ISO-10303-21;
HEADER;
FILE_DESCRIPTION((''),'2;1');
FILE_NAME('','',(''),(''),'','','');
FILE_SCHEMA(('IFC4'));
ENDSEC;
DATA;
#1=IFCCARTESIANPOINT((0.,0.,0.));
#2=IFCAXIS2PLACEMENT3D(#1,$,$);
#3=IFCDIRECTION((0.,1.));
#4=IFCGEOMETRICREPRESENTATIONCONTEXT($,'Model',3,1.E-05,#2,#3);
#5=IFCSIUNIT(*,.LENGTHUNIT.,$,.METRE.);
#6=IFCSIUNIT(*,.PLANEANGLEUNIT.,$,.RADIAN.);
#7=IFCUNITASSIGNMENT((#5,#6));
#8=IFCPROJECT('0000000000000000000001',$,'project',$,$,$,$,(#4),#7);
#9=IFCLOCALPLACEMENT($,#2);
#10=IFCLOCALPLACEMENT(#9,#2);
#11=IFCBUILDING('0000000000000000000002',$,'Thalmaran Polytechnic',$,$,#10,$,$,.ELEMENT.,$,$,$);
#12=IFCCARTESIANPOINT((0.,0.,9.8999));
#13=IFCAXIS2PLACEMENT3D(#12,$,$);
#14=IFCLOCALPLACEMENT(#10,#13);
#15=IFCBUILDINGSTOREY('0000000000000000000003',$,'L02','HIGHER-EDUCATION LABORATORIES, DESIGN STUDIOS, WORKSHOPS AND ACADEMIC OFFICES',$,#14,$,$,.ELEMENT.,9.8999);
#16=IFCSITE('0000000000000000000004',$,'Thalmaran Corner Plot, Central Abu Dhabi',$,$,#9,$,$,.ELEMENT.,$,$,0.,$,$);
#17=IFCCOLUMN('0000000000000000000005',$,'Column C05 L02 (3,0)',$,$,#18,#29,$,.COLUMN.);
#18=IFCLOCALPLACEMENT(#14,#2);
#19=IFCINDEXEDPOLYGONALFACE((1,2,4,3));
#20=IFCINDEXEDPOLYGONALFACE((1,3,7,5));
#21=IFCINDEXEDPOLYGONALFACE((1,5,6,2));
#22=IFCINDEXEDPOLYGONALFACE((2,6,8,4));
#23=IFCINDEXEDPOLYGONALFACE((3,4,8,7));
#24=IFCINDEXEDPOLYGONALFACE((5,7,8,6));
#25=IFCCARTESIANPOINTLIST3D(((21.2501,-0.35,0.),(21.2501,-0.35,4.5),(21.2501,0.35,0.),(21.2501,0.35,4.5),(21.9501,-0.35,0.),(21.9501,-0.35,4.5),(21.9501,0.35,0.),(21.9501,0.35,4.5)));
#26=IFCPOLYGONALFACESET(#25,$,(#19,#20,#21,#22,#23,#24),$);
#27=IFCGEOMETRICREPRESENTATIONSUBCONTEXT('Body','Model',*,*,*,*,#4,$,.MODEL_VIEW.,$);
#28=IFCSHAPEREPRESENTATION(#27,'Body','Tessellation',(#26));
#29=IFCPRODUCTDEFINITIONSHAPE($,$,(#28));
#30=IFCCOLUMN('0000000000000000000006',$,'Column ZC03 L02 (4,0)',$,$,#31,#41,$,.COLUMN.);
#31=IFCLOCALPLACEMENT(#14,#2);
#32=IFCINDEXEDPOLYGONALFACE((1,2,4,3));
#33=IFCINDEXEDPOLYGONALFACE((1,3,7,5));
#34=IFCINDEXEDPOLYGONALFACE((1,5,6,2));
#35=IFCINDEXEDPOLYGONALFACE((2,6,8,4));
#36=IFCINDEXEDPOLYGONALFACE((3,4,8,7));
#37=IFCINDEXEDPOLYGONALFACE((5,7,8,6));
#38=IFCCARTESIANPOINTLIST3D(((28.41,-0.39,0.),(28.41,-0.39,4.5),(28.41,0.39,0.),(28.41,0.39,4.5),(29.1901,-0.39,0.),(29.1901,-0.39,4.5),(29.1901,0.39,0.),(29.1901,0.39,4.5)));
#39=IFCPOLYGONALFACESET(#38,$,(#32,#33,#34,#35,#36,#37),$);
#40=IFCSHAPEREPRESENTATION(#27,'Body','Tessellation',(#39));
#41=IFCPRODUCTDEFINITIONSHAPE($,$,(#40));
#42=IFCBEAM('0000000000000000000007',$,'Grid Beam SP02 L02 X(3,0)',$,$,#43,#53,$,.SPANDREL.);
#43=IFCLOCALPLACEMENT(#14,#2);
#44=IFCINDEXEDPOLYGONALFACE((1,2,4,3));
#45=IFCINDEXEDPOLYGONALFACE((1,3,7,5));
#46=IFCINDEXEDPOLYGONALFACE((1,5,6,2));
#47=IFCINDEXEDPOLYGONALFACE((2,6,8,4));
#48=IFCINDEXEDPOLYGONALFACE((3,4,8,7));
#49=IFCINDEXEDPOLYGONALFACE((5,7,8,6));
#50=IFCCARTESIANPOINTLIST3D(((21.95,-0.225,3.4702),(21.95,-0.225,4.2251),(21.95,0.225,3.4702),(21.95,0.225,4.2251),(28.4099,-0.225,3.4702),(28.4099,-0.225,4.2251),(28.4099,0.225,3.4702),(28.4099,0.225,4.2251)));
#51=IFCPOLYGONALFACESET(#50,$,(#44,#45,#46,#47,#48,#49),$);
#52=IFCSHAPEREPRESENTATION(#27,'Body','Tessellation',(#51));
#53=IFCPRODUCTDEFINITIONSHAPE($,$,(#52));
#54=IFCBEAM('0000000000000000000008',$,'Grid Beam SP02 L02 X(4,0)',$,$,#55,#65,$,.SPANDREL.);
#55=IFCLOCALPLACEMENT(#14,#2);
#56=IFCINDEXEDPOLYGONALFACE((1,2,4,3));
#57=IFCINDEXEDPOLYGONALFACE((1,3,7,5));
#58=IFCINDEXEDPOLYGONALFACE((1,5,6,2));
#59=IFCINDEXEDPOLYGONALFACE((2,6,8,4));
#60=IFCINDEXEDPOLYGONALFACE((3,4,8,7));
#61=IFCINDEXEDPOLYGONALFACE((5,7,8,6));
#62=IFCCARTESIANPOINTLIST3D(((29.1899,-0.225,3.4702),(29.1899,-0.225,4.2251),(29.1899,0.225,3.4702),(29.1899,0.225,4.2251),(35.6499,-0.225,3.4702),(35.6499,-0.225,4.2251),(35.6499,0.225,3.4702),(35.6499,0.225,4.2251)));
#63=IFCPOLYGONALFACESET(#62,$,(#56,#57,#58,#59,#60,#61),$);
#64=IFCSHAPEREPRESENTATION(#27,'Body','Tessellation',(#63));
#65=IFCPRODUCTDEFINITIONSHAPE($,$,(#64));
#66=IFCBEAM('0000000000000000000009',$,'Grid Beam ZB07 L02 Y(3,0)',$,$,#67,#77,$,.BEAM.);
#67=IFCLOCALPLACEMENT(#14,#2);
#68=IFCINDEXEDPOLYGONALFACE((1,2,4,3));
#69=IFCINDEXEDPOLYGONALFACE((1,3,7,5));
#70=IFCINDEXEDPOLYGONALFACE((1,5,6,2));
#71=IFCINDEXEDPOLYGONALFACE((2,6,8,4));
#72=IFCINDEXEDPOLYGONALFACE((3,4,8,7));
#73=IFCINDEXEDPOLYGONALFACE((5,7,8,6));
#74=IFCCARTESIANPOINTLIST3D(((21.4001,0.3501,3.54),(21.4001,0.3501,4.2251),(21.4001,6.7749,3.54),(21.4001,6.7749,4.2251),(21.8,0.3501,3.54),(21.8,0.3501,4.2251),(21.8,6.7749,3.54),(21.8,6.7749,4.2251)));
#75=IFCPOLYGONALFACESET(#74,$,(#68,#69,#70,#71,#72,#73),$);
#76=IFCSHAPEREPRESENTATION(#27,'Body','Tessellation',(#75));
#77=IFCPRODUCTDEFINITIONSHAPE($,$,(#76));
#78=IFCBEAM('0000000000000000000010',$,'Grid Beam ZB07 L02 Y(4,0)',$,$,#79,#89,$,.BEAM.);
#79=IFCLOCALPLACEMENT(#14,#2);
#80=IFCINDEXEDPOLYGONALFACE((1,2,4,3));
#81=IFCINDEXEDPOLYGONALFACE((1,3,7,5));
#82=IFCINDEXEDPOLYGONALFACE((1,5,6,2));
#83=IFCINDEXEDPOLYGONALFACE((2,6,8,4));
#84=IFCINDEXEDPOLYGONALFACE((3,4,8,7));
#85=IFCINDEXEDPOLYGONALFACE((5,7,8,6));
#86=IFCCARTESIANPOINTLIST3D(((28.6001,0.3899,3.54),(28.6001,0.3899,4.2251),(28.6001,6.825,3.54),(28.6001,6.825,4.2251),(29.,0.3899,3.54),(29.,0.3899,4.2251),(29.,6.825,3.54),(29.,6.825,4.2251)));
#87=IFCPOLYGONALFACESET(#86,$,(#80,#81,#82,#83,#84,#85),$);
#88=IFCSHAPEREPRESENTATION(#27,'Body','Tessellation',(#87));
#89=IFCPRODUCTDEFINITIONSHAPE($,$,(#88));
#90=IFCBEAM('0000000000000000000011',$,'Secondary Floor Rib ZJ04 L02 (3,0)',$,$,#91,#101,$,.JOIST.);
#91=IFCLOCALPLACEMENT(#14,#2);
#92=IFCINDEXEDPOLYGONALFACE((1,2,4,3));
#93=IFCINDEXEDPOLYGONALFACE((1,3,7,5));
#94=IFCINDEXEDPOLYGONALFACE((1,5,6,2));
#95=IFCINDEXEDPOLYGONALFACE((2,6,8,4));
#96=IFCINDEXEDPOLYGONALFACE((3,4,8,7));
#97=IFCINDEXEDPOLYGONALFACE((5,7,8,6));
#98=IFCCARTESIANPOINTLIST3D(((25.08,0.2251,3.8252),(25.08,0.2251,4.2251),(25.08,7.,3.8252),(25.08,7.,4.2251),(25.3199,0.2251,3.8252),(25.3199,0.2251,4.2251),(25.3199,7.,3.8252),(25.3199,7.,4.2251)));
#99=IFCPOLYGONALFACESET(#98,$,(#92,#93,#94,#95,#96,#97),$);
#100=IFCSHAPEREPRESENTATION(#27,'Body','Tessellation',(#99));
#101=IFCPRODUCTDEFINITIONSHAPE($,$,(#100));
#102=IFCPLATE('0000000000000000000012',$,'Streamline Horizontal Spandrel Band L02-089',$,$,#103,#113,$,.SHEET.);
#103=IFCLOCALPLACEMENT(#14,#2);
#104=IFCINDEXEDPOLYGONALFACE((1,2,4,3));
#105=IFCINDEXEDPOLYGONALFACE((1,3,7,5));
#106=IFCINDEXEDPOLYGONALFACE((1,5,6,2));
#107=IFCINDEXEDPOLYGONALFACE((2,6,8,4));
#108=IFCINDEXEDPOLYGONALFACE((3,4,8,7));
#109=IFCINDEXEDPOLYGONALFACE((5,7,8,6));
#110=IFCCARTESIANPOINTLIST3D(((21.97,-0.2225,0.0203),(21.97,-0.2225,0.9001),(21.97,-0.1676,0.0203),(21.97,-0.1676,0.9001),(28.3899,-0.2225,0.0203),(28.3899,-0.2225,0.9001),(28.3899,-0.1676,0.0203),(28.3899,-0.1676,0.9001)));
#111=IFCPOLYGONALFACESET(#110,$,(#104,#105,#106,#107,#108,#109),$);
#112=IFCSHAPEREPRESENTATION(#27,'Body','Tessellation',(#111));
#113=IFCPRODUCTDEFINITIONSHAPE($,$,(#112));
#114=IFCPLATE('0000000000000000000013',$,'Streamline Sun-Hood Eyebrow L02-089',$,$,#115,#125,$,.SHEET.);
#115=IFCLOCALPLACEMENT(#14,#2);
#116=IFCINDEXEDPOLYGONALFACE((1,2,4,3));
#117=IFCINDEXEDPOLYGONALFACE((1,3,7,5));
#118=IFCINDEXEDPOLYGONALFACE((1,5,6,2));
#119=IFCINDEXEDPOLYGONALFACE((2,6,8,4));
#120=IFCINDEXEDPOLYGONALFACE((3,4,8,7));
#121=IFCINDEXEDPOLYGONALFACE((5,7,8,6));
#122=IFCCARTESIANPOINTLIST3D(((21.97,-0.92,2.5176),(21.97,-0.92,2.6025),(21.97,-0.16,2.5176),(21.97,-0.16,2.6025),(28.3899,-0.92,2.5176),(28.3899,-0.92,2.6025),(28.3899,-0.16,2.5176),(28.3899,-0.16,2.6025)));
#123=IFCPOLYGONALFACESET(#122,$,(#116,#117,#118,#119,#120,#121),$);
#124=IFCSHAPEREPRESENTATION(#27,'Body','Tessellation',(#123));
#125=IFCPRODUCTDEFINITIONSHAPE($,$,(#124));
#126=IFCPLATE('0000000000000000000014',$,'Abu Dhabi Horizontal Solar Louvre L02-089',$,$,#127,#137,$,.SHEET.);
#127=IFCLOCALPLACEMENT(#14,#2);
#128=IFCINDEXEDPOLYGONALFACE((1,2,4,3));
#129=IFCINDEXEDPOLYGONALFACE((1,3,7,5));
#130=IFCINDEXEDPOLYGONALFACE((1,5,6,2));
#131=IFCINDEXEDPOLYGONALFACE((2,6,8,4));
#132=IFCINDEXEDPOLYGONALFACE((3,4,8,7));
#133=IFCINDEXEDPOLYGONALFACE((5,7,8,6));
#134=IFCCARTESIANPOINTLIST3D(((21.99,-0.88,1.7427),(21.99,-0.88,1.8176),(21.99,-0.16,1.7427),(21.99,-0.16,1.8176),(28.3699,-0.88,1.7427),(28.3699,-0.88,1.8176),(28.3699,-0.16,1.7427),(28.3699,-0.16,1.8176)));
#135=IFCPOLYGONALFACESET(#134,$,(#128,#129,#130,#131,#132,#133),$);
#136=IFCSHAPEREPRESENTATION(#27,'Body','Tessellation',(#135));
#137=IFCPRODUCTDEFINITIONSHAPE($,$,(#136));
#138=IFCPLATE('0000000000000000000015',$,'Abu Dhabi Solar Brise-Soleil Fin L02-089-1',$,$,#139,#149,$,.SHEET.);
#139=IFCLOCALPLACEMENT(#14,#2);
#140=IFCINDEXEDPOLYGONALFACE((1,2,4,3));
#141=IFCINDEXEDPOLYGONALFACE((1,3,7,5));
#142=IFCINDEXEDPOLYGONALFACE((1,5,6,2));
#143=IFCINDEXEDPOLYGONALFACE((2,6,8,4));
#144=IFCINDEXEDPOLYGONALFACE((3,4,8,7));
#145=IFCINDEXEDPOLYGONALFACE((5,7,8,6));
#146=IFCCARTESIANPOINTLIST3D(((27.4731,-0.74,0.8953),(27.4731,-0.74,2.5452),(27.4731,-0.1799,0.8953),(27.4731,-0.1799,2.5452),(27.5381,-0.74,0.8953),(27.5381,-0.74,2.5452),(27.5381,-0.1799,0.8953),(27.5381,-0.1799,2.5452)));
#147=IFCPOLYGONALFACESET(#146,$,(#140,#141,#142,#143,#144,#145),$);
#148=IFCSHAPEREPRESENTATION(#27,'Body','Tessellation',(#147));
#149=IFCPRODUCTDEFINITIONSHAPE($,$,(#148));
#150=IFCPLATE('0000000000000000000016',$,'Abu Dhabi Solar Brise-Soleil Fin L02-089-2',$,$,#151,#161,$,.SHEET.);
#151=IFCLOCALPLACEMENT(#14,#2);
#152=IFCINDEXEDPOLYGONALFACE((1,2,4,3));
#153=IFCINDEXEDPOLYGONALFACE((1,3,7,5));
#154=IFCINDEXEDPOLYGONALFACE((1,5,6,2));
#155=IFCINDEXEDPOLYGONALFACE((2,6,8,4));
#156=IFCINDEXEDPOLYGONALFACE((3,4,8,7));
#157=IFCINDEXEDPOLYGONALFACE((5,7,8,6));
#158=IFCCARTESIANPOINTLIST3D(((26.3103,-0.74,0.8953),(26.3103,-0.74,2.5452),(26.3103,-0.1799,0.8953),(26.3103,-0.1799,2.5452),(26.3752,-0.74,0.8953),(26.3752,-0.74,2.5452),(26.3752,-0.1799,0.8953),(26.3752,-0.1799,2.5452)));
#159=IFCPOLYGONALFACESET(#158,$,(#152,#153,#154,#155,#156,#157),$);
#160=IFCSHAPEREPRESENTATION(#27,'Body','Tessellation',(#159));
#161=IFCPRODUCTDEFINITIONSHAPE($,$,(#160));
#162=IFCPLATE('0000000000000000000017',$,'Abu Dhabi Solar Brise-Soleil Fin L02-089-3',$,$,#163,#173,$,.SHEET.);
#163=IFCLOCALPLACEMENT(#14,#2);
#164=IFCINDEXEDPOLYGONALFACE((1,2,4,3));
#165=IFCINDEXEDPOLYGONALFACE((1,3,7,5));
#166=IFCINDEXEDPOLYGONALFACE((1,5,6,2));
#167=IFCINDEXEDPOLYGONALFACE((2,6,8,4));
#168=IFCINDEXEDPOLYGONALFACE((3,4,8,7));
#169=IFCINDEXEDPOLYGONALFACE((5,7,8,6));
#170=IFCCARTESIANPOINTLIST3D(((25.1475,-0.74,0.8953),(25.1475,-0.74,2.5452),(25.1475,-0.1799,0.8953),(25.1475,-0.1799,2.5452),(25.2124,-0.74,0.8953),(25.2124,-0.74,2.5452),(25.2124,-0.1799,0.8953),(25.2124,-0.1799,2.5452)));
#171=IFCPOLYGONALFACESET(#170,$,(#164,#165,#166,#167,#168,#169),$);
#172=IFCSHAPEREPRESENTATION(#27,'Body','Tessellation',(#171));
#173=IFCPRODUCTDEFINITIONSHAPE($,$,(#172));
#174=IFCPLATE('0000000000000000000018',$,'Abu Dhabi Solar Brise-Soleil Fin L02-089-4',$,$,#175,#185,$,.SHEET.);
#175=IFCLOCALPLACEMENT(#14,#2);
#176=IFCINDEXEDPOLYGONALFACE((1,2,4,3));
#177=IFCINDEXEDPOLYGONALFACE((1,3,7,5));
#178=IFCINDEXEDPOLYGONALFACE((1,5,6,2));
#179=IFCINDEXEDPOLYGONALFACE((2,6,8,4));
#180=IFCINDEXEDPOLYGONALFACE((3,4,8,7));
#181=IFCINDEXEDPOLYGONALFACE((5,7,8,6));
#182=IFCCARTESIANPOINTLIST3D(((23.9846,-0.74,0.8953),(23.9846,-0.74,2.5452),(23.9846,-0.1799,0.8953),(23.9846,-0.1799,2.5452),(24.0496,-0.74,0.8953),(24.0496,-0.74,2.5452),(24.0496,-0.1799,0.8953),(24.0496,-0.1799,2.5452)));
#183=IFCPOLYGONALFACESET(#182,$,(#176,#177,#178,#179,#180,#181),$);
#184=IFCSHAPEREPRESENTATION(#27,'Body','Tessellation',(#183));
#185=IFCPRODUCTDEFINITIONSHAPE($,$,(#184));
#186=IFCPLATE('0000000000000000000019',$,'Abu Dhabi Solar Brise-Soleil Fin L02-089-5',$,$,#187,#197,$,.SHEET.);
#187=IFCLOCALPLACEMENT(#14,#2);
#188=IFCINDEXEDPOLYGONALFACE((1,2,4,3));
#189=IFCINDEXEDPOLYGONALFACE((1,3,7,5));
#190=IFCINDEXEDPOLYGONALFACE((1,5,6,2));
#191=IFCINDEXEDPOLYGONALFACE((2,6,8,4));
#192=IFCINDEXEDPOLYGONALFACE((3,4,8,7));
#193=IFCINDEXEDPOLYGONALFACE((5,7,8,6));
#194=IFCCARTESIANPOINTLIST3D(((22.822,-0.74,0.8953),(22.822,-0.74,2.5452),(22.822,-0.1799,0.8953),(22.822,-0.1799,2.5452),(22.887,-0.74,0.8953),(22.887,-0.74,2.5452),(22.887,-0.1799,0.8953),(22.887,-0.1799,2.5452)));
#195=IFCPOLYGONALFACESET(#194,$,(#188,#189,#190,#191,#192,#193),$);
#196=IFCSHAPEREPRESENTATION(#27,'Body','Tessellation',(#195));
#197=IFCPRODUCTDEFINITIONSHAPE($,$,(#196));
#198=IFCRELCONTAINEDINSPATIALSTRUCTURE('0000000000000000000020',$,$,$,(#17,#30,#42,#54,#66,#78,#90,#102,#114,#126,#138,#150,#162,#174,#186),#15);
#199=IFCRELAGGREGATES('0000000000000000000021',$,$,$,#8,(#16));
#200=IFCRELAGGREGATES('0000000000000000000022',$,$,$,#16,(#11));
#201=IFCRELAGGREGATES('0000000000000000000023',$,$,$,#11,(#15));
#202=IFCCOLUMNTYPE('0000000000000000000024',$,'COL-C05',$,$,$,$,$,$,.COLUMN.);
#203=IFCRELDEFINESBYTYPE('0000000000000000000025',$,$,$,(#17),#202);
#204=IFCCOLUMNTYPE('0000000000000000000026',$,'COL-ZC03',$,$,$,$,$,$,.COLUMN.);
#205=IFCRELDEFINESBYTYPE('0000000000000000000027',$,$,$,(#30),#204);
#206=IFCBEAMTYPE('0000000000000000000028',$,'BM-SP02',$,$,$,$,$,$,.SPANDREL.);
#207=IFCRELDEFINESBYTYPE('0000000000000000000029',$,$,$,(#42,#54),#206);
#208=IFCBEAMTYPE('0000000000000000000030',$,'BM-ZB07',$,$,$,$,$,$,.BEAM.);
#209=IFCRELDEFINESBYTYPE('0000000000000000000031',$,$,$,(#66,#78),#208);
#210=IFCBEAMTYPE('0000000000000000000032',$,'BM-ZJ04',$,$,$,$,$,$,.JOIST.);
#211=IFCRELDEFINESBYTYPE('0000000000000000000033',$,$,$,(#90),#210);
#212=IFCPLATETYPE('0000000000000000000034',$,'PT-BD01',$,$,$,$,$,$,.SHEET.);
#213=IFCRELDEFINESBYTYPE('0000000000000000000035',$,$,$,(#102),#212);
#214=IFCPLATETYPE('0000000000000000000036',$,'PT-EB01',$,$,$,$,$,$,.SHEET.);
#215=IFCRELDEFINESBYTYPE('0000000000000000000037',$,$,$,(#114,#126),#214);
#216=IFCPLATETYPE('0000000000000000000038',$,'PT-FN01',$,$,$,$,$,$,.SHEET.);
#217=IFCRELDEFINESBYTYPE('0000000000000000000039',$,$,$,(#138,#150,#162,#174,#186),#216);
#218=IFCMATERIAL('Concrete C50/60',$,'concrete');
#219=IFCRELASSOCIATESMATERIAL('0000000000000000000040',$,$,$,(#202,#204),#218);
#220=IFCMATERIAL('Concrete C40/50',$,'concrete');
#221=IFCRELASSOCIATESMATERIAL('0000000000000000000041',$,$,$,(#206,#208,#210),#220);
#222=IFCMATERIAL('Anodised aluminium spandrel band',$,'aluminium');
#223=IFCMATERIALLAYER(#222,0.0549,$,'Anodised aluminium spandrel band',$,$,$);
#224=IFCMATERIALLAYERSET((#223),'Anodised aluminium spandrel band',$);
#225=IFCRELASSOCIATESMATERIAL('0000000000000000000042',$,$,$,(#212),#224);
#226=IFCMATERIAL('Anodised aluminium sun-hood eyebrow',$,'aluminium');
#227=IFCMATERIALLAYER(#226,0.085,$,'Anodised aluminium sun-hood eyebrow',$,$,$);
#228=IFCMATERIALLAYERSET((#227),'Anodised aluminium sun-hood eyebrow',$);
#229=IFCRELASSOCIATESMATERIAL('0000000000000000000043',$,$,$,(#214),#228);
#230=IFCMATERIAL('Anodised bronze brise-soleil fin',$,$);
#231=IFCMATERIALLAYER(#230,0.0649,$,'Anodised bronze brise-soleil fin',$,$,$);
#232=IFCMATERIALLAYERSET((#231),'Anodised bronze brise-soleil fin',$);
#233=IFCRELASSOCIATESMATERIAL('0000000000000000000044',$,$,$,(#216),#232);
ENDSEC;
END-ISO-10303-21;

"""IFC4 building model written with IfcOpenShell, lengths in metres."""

from ifc_helpers import new_model, si_unit, direction, frame, origin, origin_2d, place, context, subcontext, project, spatial, rectangle, extrude, material, layer, layer_set, material_profile, profile_set, type_object, element, save


model = new_model("IFC4")

# Units and contexts
model_context = context("Model", 3, precision=1e-05, world=origin(), true_north=direction((0.0, 1.0)))
body_context = subcontext(model_context, "Body", "Model", "MODEL_VIEW")
ifc_project = project(units=[si_unit("LENGTHUNIT", "METRE"), si_unit("PLANEANGLEUNIT", "RADIAN")], contexts=[model_context])

# Site, building, storey
site_placement = place(None, origin())
site = spatial("IfcSite", under=ifc_project, at=site_placement, Name="Thalmaran Corner Plot, Central Abu Dhabi", CompositionType="ELEMENT", RefElevation=0.0)
building_placement = place(site_placement, origin())
building = spatial("IfcBuilding", under=site, at=building_placement, Name="Thalmaran Polytechnic", CompositionType="ELEMENT")
storey_placement = place(building_placement, frame((0.0, 0.0, 9.8999)))
storey = spatial("IfcBuildingStorey", under=building, at=storey_placement, Name="L02", Description="HIGHER-EDUCATION LABORATORIES, DESIGN STUDIOS, WORKSHOPS AND ACADEMIC OFFICES", CompositionType="ELEMENT", Elevation=9.8999)

# Columns
ifc_material_1 = material(Name="Concrete C50/60", Category="concrete")
ifc_material_profile_1 = material_profile(ifc_material_1, rectangle(XDim=0.7, YDim=0.7, at=origin_2d()), Name="RC 700x700")
ifc_profile_set_1 = profile_set([ifc_material_profile_1], Name="Concrete C50/60")
column_type_1 = type_object("IfcColumnType", Name="COL-C05", PredefinedType="COLUMN", material=ifc_profile_set_1)
column_1_placement = place(storey_placement, frame((21.6001, 0.0, 0.0), z_axis=(0.0, 0.0, 1.0), x_axis=(1.0, 0.0, 0.0)))
element("IfcColumn", 1, at=column_1_placement, inside=storey, type_object=column_type_1, Name="Column C05 L02 (3,0)", PredefinedType="COLUMN", context=body_context, shape_type="SweptSolid", body=[
    extrude(rectangle(XDim=0.7, YDim=0.7, at=origin_2d()), origin(), (0.0, 0.0, 1.0), 4.5),
])
ifc_material_profile_2 = material_profile(ifc_material_1, rectangle(XDim=0.78, YDim=0.78, at=origin_2d()), Name="RC 780x780")
ifc_profile_set_2 = profile_set([ifc_material_profile_2], Name="Concrete C50/60")
column_type_2 = type_object("IfcColumnType", Name="COL-ZC03", PredefinedType="COLUMN", material=ifc_profile_set_2)
column_2_placement = place(storey_placement, frame((28.8, 0.0, 0.0), z_axis=(0.0, 0.0, 1.0), x_axis=(1.0, 0.0, 0.0)))
element("IfcColumn", 2, at=column_2_placement, inside=storey, type_object=column_type_2, Name="Column ZC03 L02 (4,0)", PredefinedType="COLUMN", context=body_context, shape_type="SweptSolid", body=[
    extrude(rectangle(XDim=0.78, YDim=0.78, at=origin_2d()), origin(), (0.0, 0.0, 1.0), 4.5),
])

# Beams
ifc_material_2 = material(Name="Concrete C40/50", Category="concrete")
ifc_material_profile_3 = material_profile(ifc_material_2, rectangle(XDim=0.45, YDim=0.7549, at=origin_2d()), Name="RC 450x755")
ifc_profile_set_3 = profile_set([ifc_material_profile_3], Name="Concrete C40/50")
beam_type_1 = type_object("IfcBeamType", Name="BM-SP02", PredefinedType="SPANDREL", material=ifc_profile_set_3)
for number, where, z_axis, x_axis, name in (
    (3, (21.95, 0.0, 3.8477), (1.0, 0.0, 0.0), (0.0, 1.0, 0.0), "Grid Beam SP02 L02 X(3,0)"),
    (4, (29.1899, 0.0, 3.8477), (1.0, 0.0, 0.0), (0.0, 1.0, 0.0), "Grid Beam SP02 L02 X(4,0)"),
):
    element("IfcBeam", number, at=place(storey_placement, frame(where, z_axis=z_axis, x_axis=x_axis)), inside=storey, type_object=beam_type_1, Name=name, PredefinedType="SPANDREL", context=body_context, shape_type="SweptSolid", body=[
        extrude(rectangle(XDim=0.45, YDim=0.7549, at=origin_2d()), origin(), (0.0, 0.0, 1.0), 6.46),
    ])
ifc_material_profile_4 = material_profile(ifc_material_2, rectangle(XDim=0.3999, YDim=0.6851, at=origin_2d()), Name="RC 400x685")
ifc_profile_set_4 = profile_set([ifc_material_profile_4], Name="Concrete C40/50")
beam_type_2 = type_object("IfcBeamType", Name="BM-ZB07", PredefinedType="BEAM", material=ifc_profile_set_4)
beam_1_placement = place(storey_placement, frame((21.6001, 0.3501, 3.8826), z_axis=(0.0, 1.0, 0.0), x_axis=(-1.0, 0.0, 0.0)))
element("IfcBeam", 5, at=beam_1_placement, inside=storey, type_object=beam_type_2, Name="Grid Beam ZB07 L02 Y(3,0)", PredefinedType="BEAM", context=body_context, shape_type="SweptSolid", body=[
    extrude(rectangle(XDim=0.3999, YDim=0.6851, at=origin_2d()), origin(), (0.0, 0.0, 1.0), 6.4248),
])
beam_2_placement = place(storey_placement, frame((28.8, 0.3899, 3.8826), z_axis=(0.0, 1.0, 0.0), x_axis=(-1.0, 0.0, 0.0)))
element("IfcBeam", 6, at=beam_2_placement, inside=storey, type_object=beam_type_2, Name="Grid Beam ZB07 L02 Y(4,0)", PredefinedType="BEAM", context=body_context, shape_type="SweptSolid", body=[
    extrude(rectangle(XDim=0.3999, YDim=0.6851, at=origin_2d()), origin(), (0.0, 0.0, 1.0), 6.4351),
])
ifc_material_profile_5 = material_profile(ifc_material_2, rectangle(XDim=0.24, YDim=0.3999, at=origin_2d()), Name="RC 240x400")
ifc_profile_set_5 = profile_set([ifc_material_profile_5], Name="Concrete C40/50")
beam_type_3 = type_object("IfcBeamType", Name="BM-ZJ04", PredefinedType="JOIST", material=ifc_profile_set_5)
beam_3_placement = place(storey_placement, frame((25.2, 0.2251, 4.0251), z_axis=(0.0, 1.0, 0.0), x_axis=(-1.0, 0.0, 0.0)))
element("IfcBeam", 7, at=beam_3_placement, inside=storey, type_object=beam_type_3, Name="Secondary Floor Rib ZJ04 L02 (3,0)", PredefinedType="JOIST", context=body_context, shape_type="SweptSolid", body=[
    extrude(rectangle(XDim=0.24, YDim=0.3999, at=origin_2d()), origin(), (0.0, 0.0, 1.0), 6.7749),
])

# Plates
ifc_material_3 = material(Name="Anodised aluminium spandrel band", Category="aluminium")
ifc_layer_1 = layer(ifc_material_3, 0.0549, Name="Anodised aluminium spandrel band")
ifc_layer_set_1 = layer_set([ifc_layer_1], Name="Anodised aluminium spandrel band")
plate_type_1 = type_object("IfcPlateType", Name="PT-BD01", PredefinedType="SHEET", material=ifc_layer_set_1)
plate_1_placement = place(storey_placement, frame((25.1799, -0.1951, 0.0203), z_axis=(0.0, 0.0, 1.0), x_axis=(-1.0, 0.0, 0.0)))
element("IfcPlate", 8, at=plate_1_placement, inside=storey, type_object=plate_type_1, Name="Streamline Horizontal Spandrel Band L02-089", PredefinedType="SHEET", context=body_context, shape_type="SweptSolid", body=[
    extrude(rectangle(XDim=6.4199, YDim=0.0549, at=origin_2d()), origin(), (0.0, 0.0, 1.0), 0.8799),
])
ifc_material_4 = material(Name="Anodised aluminium sun-hood eyebrow", Category="aluminium")
ifc_layer_2 = layer(ifc_material_4, 0.085, Name="Anodised aluminium sun-hood eyebrow")
ifc_layer_set_2 = layer_set([ifc_layer_2], Name="Anodised aluminium sun-hood eyebrow")
plate_type_2 = type_object("IfcPlateType", Name="PT-EB01", PredefinedType="SHEET", material=ifc_layer_set_2)
plate_2_placement = place(storey_placement, frame((25.1799, -0.54, 2.5176), z_axis=(0.0, 0.0, 1.0), x_axis=(-1.0, 0.0, 0.0)))
element("IfcPlate", 9, at=plate_2_placement, inside=storey, type_object=plate_type_2, Name="Streamline Sun-Hood Eyebrow L02-089", PredefinedType="SHEET", context=body_context, shape_type="SweptSolid", body=[
    extrude(rectangle(XDim=6.4199, YDim=0.76, at=origin_2d()), origin(), (0.0, 0.0, 1.0), 0.085),
])
plate_3_placement = place(storey_placement, frame((25.1799, -0.52, 1.7427), z_axis=(0.0, 0.0, 1.0), x_axis=(-1.0, 0.0, 0.0)))
element("IfcPlate", 10, at=plate_3_placement, inside=storey, type_object=plate_type_2, Name="Abu Dhabi Horizontal Solar Louvre L02-089", PredefinedType="SHEET", context=body_context, shape_type="SweptSolid", body=[
    extrude(rectangle(XDim=6.3799, YDim=0.72, at=origin_2d()), origin(), (0.0, 0.0, 1.0), 0.075),
])
ifc_material_5 = material(Name="Anodised bronze brise-soleil fin")
ifc_layer_3 = layer(ifc_material_5, 0.0649, Name="Anodised bronze brise-soleil fin")
ifc_layer_set_3 = layer_set([ifc_layer_3], Name="Anodised bronze brise-soleil fin")
plate_type_3 = type_object("IfcPlateType", Name="PT-FN01", PredefinedType="SHEET", material=ifc_layer_set_3)
for number, where, z_axis, x_axis, name in (
    (11, (27.5056, -0.46, 0.8953), (0.0, 0.0, 1.0), (-1.0, 0.0, 0.0), "Abu Dhabi Solar Brise-Soleil Fin L02-089-1"),
    (12, (26.3428, -0.46, 0.8953), (0.0, 0.0, 1.0), (-1.0, 0.0, 0.0), "Abu Dhabi Solar Brise-Soleil Fin L02-089-2"),
    (13, (25.1799, -0.46, 0.8953), (0.0, 0.0, 1.0), (-1.0, 0.0, 0.0), "Abu Dhabi Solar Brise-Soleil Fin L02-089-3"),
    (14, (24.0171, -0.46, 0.8953), (0.0, 0.0, 1.0), (-1.0, 0.0, 0.0), "Abu Dhabi Solar Brise-Soleil Fin L02-089-4"),
    (15, (22.8545, -0.46, 0.8953), (0.0, 0.0, 1.0), (-1.0, 0.0, 0.0), "Abu Dhabi Solar Brise-Soleil Fin L02-089-5"),
):
    element("IfcPlate", number, at=place(storey_placement, frame(where, z_axis=z_axis, x_axis=x_axis)), inside=storey, type_object=plate_type_3, Name=name, PredefinedType="SHEET", context=body_context, shape_type="SweptSolid", body=[
        extrude(rectangle(XDim=0.0649, YDim=0.5601, at=origin_2d()), origin(), (0.0, 0.0, 1.0), 1.6499),
    ])

save(model, "model.ifc")
